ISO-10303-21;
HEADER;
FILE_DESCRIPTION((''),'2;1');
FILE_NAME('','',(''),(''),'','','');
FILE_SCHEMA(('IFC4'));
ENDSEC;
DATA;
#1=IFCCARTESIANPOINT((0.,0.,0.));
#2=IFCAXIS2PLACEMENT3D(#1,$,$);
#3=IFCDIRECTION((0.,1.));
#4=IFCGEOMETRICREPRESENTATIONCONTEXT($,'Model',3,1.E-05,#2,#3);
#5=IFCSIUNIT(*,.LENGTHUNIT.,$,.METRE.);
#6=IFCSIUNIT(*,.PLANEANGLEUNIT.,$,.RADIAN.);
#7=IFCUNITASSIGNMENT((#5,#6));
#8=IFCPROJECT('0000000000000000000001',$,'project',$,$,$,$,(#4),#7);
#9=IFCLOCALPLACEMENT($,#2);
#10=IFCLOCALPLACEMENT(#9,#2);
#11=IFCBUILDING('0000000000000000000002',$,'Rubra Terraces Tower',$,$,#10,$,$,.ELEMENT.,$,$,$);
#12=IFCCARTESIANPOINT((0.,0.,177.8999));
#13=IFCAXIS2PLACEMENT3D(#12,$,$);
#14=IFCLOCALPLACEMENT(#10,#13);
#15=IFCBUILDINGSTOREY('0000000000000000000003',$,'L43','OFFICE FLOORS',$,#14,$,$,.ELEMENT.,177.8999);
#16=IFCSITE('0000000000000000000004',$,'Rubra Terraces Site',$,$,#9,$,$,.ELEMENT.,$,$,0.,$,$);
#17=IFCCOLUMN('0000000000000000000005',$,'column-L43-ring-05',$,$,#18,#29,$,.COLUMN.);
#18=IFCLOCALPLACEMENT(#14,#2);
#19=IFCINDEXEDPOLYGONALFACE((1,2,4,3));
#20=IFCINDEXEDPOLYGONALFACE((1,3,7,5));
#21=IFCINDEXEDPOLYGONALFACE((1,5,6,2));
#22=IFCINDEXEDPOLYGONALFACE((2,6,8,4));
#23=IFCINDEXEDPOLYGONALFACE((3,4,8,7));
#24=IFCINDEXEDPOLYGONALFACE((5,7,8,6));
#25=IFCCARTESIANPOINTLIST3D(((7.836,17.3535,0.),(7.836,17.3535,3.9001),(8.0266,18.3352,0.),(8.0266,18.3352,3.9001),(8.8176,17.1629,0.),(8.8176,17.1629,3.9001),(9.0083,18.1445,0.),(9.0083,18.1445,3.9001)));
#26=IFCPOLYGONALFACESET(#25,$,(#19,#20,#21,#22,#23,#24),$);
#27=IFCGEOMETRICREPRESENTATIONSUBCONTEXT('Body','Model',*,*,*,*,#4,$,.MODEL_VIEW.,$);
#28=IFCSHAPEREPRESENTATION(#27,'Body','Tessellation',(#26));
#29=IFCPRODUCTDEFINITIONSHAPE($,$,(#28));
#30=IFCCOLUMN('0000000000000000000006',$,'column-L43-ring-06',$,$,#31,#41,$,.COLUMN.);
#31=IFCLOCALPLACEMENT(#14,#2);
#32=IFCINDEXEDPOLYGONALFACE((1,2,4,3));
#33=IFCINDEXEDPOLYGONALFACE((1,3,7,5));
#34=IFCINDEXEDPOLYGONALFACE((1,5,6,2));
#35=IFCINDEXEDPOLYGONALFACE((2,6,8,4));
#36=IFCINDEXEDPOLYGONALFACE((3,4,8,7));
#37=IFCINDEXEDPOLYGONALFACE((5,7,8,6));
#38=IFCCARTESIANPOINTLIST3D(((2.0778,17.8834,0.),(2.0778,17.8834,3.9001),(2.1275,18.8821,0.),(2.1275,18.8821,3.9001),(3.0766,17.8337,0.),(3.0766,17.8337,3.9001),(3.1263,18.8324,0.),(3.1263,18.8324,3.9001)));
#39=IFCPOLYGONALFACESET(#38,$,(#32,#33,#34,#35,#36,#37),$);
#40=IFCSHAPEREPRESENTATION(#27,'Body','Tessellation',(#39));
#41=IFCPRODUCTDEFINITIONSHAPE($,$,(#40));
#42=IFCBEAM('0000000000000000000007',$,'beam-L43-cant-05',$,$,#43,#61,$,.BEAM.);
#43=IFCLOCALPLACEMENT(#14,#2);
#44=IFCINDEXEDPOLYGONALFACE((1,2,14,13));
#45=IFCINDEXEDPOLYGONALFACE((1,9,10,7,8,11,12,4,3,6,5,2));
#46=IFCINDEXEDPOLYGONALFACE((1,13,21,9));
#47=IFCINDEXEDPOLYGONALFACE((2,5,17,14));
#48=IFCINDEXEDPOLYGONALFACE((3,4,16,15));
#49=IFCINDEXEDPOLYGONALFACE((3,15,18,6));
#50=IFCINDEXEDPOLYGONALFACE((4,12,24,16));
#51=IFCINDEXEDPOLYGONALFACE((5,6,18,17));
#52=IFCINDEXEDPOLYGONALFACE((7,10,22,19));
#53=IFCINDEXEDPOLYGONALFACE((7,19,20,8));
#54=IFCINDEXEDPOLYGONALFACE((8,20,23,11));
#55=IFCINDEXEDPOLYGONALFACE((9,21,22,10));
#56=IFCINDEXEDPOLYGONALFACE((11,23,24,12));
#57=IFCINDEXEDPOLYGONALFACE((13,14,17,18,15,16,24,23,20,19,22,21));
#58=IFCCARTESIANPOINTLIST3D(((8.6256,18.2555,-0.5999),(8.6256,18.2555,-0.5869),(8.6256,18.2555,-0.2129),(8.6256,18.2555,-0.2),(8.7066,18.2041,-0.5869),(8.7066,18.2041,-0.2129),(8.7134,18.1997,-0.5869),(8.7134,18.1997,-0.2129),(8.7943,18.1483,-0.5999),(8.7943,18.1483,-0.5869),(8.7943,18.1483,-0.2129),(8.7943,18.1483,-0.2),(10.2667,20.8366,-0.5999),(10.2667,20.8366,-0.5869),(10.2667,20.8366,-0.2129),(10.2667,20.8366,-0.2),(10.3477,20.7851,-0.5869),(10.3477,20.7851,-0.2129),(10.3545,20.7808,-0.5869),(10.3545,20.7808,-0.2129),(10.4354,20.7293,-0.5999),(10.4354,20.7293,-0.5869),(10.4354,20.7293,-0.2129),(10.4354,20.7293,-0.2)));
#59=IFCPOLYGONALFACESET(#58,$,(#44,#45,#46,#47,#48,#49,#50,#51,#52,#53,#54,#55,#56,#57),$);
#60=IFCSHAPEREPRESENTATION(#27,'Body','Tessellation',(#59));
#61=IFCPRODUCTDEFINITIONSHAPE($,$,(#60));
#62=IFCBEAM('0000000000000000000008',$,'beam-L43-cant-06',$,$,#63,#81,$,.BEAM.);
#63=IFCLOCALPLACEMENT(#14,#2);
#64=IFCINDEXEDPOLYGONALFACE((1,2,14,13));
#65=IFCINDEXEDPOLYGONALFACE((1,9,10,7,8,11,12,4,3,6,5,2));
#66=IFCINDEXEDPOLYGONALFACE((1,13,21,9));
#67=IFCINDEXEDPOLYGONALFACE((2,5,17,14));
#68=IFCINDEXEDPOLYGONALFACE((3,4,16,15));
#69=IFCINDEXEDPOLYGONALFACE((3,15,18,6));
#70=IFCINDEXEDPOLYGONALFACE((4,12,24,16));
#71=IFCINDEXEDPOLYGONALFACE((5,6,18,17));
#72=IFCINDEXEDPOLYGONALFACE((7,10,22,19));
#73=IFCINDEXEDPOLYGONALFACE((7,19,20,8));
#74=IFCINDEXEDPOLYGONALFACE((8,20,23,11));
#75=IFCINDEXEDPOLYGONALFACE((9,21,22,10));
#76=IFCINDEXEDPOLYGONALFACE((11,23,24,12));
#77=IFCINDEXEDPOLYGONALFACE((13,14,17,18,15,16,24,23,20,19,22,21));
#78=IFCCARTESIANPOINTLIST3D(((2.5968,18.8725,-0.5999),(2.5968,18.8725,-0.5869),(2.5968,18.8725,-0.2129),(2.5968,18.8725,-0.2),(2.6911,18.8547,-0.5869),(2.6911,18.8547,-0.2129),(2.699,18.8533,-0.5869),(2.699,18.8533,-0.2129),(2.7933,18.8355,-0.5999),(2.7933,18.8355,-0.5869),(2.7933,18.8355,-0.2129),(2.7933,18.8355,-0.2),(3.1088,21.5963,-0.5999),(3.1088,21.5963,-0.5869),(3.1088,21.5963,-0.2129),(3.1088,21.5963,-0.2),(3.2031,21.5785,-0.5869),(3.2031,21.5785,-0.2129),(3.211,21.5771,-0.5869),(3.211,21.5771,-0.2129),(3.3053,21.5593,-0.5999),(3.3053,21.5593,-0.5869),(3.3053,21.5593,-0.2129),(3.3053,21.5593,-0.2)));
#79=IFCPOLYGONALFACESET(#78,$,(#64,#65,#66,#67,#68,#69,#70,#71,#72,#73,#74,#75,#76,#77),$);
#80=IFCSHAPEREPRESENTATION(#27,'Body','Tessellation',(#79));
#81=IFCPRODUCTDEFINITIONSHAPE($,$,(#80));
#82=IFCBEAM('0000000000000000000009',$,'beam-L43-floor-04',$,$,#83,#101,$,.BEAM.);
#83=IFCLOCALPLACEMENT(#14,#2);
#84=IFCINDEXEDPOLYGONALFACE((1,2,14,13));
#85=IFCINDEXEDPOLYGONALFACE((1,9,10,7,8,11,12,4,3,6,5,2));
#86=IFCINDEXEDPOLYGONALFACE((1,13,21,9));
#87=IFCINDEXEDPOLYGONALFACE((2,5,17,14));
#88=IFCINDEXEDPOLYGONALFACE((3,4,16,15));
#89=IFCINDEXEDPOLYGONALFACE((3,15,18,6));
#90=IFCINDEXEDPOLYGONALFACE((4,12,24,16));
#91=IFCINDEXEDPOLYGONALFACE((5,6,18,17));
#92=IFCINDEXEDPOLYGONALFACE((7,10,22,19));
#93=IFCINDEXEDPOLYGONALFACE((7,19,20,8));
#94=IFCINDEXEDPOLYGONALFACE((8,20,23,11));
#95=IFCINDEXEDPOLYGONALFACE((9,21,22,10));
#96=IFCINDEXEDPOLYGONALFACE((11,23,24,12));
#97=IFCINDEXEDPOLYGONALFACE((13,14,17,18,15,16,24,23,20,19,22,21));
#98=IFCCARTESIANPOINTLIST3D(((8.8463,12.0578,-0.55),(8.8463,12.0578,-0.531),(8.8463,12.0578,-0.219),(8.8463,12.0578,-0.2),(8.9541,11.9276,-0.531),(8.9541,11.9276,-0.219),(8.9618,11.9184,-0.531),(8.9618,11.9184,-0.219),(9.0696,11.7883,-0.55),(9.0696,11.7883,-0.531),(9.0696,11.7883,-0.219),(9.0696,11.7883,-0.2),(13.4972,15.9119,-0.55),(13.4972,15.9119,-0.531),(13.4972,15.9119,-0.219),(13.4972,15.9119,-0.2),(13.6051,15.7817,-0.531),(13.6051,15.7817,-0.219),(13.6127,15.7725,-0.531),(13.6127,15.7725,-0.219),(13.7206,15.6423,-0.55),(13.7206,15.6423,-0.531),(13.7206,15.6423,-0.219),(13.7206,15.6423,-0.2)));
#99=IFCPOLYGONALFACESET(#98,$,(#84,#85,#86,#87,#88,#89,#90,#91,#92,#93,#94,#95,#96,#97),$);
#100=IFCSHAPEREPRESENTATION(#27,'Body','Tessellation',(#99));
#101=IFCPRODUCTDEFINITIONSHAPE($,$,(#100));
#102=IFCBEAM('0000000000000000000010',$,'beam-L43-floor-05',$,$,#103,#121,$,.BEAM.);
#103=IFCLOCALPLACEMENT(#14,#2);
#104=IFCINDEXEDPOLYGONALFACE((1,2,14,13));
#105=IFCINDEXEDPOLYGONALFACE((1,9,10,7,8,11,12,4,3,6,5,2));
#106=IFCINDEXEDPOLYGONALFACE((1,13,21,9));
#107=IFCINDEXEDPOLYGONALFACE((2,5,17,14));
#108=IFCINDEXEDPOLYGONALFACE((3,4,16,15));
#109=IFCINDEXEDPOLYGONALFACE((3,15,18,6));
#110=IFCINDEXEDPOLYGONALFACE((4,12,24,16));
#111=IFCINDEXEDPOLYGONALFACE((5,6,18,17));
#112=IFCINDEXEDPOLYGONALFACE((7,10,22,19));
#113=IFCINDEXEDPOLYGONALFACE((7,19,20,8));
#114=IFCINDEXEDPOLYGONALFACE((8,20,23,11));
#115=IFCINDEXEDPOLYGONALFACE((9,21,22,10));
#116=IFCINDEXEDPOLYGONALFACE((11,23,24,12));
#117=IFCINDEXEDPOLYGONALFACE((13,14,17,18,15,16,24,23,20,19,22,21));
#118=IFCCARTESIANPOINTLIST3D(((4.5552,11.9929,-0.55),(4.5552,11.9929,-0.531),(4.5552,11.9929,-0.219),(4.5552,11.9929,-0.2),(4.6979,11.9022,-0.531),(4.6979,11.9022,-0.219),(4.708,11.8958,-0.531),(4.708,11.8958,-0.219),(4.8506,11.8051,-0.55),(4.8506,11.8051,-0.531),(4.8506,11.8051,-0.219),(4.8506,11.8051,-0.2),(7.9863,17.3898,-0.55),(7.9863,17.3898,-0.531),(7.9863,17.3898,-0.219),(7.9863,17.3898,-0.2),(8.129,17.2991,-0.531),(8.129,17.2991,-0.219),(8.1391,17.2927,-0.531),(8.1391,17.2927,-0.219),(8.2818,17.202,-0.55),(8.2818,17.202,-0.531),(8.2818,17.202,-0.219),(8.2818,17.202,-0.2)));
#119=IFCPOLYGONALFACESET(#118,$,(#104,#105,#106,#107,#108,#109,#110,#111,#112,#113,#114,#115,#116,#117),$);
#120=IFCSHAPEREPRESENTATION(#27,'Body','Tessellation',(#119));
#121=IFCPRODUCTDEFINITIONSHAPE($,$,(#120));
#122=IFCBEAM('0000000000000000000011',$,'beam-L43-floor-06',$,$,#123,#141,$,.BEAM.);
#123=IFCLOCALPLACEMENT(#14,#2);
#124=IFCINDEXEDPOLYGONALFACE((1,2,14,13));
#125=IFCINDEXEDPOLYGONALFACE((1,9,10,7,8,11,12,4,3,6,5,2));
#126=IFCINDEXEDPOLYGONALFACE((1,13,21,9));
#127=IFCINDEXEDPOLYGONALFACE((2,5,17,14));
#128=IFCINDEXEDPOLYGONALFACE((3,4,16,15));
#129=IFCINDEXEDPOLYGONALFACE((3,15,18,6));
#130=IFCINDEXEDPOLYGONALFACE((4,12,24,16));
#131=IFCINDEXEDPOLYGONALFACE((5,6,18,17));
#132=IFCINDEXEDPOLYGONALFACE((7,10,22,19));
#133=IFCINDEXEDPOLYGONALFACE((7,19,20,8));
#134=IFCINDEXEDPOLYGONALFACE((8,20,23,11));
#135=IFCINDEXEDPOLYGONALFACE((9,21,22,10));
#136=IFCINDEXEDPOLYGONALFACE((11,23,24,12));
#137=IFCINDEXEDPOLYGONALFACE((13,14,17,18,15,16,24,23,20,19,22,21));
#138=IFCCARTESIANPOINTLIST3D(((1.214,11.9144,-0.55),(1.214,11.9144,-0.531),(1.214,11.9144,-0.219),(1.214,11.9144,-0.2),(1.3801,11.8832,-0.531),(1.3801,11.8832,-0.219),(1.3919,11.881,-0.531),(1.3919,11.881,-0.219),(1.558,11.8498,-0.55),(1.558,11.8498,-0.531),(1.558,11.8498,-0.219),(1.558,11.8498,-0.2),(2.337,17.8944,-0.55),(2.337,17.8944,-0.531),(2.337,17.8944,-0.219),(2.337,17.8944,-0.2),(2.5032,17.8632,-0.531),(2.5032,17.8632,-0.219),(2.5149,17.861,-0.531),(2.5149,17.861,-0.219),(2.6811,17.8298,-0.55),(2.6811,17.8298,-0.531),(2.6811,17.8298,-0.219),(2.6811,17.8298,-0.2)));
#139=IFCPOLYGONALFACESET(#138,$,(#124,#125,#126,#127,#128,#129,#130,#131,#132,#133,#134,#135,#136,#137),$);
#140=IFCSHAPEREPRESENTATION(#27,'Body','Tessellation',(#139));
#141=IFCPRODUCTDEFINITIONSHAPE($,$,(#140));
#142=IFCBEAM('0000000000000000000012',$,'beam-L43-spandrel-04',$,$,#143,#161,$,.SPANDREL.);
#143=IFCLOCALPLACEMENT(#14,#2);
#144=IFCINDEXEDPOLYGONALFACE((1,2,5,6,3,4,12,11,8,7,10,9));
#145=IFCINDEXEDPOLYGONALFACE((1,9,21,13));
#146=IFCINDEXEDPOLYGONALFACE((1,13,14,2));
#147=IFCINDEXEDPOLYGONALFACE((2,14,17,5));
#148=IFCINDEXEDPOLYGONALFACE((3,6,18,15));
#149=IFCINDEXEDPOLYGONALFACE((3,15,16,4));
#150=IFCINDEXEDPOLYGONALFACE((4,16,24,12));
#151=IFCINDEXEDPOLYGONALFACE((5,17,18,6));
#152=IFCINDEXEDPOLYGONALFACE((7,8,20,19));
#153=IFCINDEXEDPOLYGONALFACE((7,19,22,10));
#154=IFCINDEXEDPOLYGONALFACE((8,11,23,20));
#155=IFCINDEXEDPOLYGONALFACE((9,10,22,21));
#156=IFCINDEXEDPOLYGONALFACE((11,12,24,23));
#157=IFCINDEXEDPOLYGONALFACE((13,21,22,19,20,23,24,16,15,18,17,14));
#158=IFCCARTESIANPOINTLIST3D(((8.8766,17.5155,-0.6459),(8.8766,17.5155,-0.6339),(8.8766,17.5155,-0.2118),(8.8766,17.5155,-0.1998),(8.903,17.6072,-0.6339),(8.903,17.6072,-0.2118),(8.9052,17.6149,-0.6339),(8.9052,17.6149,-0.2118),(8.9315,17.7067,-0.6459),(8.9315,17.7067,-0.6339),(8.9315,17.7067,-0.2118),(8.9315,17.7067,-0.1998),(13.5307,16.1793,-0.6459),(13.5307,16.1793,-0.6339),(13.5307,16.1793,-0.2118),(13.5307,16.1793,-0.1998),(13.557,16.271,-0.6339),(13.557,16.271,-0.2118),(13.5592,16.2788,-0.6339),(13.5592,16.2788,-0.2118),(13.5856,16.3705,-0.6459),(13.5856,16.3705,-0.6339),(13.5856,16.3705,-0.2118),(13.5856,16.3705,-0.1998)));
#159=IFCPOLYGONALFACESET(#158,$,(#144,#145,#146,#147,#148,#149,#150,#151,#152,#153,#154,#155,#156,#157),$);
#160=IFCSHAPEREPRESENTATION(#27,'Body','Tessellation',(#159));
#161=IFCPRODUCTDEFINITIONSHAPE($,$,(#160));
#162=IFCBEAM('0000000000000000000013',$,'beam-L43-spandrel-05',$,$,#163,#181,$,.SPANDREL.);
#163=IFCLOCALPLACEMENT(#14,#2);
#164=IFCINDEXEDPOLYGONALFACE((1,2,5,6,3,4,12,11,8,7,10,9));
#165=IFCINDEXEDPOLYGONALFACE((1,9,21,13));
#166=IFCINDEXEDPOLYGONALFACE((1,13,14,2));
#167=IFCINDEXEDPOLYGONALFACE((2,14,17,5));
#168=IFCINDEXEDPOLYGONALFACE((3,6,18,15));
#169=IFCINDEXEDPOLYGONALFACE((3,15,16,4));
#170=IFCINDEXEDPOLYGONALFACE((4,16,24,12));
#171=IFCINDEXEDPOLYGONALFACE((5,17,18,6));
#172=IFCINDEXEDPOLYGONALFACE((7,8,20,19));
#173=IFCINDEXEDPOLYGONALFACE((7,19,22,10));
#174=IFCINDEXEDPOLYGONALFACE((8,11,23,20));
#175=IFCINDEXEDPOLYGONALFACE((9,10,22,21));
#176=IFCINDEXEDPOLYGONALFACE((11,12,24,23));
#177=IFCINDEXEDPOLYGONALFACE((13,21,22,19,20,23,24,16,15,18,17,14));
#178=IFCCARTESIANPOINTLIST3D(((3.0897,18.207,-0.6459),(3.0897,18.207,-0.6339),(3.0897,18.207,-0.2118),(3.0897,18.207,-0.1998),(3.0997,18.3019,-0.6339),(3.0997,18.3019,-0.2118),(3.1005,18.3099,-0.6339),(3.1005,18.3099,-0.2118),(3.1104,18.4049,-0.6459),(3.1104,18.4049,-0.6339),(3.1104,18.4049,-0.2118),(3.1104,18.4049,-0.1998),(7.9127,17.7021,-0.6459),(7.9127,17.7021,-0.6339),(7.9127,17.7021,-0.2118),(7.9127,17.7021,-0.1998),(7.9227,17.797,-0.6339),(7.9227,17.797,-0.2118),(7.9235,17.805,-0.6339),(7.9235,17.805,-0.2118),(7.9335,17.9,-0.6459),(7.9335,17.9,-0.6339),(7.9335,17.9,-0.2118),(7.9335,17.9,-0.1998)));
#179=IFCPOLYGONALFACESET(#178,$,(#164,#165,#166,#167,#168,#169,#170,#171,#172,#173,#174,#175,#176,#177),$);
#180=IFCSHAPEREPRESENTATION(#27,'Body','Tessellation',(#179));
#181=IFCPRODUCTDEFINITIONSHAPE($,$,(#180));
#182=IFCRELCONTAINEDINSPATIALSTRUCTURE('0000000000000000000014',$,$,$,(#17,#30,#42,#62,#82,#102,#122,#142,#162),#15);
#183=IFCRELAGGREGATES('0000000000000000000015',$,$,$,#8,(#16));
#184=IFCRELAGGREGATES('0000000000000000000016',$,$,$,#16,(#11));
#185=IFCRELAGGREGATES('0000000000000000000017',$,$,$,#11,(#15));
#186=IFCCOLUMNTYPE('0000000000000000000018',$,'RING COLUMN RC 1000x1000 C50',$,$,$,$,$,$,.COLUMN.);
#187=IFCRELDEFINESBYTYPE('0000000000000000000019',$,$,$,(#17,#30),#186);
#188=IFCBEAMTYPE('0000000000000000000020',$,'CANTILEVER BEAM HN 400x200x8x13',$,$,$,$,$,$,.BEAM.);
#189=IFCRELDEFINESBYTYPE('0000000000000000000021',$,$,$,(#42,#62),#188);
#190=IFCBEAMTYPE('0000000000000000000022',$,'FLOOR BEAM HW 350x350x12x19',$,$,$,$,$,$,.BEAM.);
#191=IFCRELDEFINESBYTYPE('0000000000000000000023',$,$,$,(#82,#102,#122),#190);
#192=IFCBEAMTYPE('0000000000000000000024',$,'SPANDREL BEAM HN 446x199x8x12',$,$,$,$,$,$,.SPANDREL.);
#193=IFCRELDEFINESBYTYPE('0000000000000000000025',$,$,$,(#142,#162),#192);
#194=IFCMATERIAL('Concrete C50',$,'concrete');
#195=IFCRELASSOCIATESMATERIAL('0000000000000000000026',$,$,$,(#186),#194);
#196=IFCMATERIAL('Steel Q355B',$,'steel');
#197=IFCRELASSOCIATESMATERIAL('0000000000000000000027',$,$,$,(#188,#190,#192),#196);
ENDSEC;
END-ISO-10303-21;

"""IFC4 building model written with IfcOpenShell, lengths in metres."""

from ifc_helpers import new_model, si_unit, direction, frame, origin, origin_2d, place, context, subcontext, project, spatial, rectangle, i_section, extrude, material, material_profile, profile_set, type_object, element, save


model = new_model("IFC4")

# Units and contexts
model_context = context("Model", 3, precision=1e-05, world=origin(), true_north=direction((0.0, 1.0)))
body_context = subcontext(model_context, "Body", "Model", "MODEL_VIEW")
ifc_project = project(units=[si_unit("LENGTHUNIT", "METRE"), si_unit("PLANEANGLEUNIT", "RADIAN")], contexts=[model_context])

# Site, building, storey
site_placement = place(None, origin())
site = spatial("IfcSite", under=ifc_project, at=site_placement, Name="Rubra Terraces Site", CompositionType="ELEMENT", RefElevation=0.0)
building_placement = place(site_placement, origin())
building = spatial("IfcBuilding", under=site, at=building_placement, Name="Rubra Terraces Tower", CompositionType="ELEMENT")
storey_placement = place(building_placement, frame((0.0, 0.0, 177.8999)))
storey = spatial("IfcBuildingStorey", under=building, at=storey_placement, Name="L43", Description="OFFICE FLOORS", CompositionType="ELEMENT", Elevation=177.8999)

# Columns
ifc_material_1 = material(Name="Concrete C50", Category="concrete")
ifc_material_profile_1 = material_profile(ifc_material_1, rectangle(XDim=1.0, YDim=1.0, at=origin_2d()), Name="RC 1000x1000")
ifc_profile_set_1 = profile_set([ifc_material_profile_1], Name="Concrete C50")
column_type = type_object("IfcColumnType", Name="RING COLUMN RC 1000x1000 C50", PredefinedType="COLUMN", material=ifc_profile_set_1)
for number, where, z_axis, x_axis, name in (
    (1, (8.4221, 17.749, 0.0), (0.0, 0.0, 1.0), (-0.981655, 0.190668, 0.0), "column-L43-ring-05"),
    (2, (2.6021, 18.3579, 0.0), (0.0, 0.0, 1.0), (-0.998764, 0.049699, 0.0), "column-L43-ring-06"),
):
    element("IfcColumn", number, at=place(storey_placement, frame(where, z_axis=z_axis, x_axis=x_axis)), inside=storey, type_object=column_type, Name=name, PredefinedType="COLUMN", context=body_context, shape_type="SweptSolid", body=[
        extrude(rectangle(XDim=1.0, YDim=1.0, at=origin_2d()), origin(), (0.0, 0.0, 1.0), 3.9001),
    ])

# Beams
ifc_material_2 = material(Name="Steel Q355B", Category="steel")
ifc_material_profile_2 = material_profile(ifc_material_2, i_section(OverallWidth=0.2, OverallDepth=0.3999, WebThickness=0.0081, FlangeThickness=0.0129, at=origin_2d()), Name="HN 400x200x8x13")
ifc_profile_set_2 = profile_set([ifc_material_profile_2], Name="Steel Q355B")
beam_type_1 = type_object("IfcBeamType", Name="CANTILEVER BEAM HN 400x200x8x13", PredefinedType="BEAM", material=ifc_profile_set_2)
beam_1_placement = place(storey_placement, frame((8.71, 18.2019, -0.3999), z_axis=(0.536555, 0.843865, 0.0), x_axis=(-0.843865, 0.536555, 0.0)))
element("IfcBeam", 3, at=beam_1_placement, inside=storey, type_object=beam_type_1, Name="beam-L43-cant-05", PredefinedType="BEAM", context=body_context, shape_type="SweptSolid", body=[
    extrude(i_section(OverallWidth=0.2, OverallDepth=0.3999, WebThickness=0.0081, FlangeThickness=0.0129, at=origin_2d()), origin(), (0.0, 0.0, 1.0), 3.0586),
])
beam_2_placement = place(storey_placement, frame((2.6951, 18.854, -0.3999), z_axis=(0.184719, 0.982791, 0.0), x_axis=(-0.982791, 0.184719, 0.0)))
element("IfcBeam", 4, at=beam_2_placement, inside=storey, type_object=beam_type_1, Name="beam-L43-cant-06", PredefinedType="BEAM", context=body_context, shape_type="SweptSolid", body=[
    extrude(i_section(OverallWidth=0.2, OverallDepth=0.3999, WebThickness=0.0081, FlangeThickness=0.0129, at=origin_2d()), origin(), (0.0, 0.0, 1.0), 2.7715),
])
ifc_material_profile_3 = material_profile(ifc_material_2, i_section(OverallWidth=0.3501, OverallDepth=0.3501, WebThickness=0.012, FlangeThickness=0.019, at=origin_2d()), Name="HW 350x350x12x19")
ifc_profile_set_3 = profile_set([ifc_material_profile_3], Name="Steel Q355B")
beam_type_2 = type_object("IfcBeamType", Name="FLOOR BEAM HW 350x350x12x19", PredefinedType="BEAM", material=ifc_profile_set_3)
beam_3_placement = place(storey_placement, frame((13.6089, 15.7771, -0.375), z_axis=(-0.769988, -0.638059, 0.0), x_axis=(0.638059, -0.769988, 0.0)))
element("IfcBeam", 5, at=beam_3_placement, inside=storey, type_object=beam_type_2, Name="beam-L43-floor-04", PredefinedType="BEAM", context=body_context, shape_type="SweptSolid", body=[
    extrude(i_section(OverallWidth=0.3501, OverallDepth=0.3501, WebThickness=0.012, FlangeThickness=0.019, at=origin_2d()), origin(), (0.0, 0.0, 1.0), 6.0403),
])
beam_4_placement = place(storey_placement, frame((8.134, 17.2959, -0.375), z_axis=(-0.53651, -0.843894, 0.0), x_axis=(0.843894, -0.53651, 0.0)))
element("IfcBeam", 6, at=beam_4_placement, inside=storey, type_object=beam_type_2, Name="beam-L43-floor-05", PredefinedType="BEAM", context=body_context, shape_type="SweptSolid", body=[
    extrude(i_section(OverallWidth=0.3501, OverallDepth=0.3501, WebThickness=0.012, FlangeThickness=0.019, at=origin_2d()), origin(), (0.0, 0.0, 1.0), 6.3953),
])
beam_5_placement = place(storey_placement, frame((2.509, 17.8621, -0.375), z_axis=(-0.184574, -0.982819, 0.0), x_axis=(0.982819, -0.184574, 0.0)))
element("IfcBeam", 7, at=beam_5_placement, inside=storey, type_object=beam_type_2, Name="beam-L43-floor-06", PredefinedType="BEAM", context=body_context, shape_type="SweptSolid", body=[
    extrude(i_section(OverallWidth=0.3501, OverallDepth=0.3501, WebThickness=0.012, FlangeThickness=0.019, at=origin_2d()), origin(), (0.0, 0.0, 1.0), 6.0845),
])
ifc_material_profile_4 = material_profile(ifc_material_2, i_section(OverallWidth=0.199, OverallDepth=0.446, WebThickness=0.0081, FlangeThickness=0.012, at=origin_2d()), Name="HN 446x199x8x12")
ifc_profile_set_4 = profile_set([ifc_material_profile_4], Name="Steel Q355B")
beam_type_3 = type_object("IfcBeamType", Name="SPANDREL BEAM HN 446x199x8x12", PredefinedType="SPANDREL", material=ifc_profile_set_4)
beam_6_placement = place(storey_placement, frame((13.5581, 16.2749, -0.4229), z_axis=(-0.961171, 0.275953, 0.0), x_axis=(-0.275953, -0.961171, 0.0)))
element("IfcBeam", 8, at=beam_6_placement, inside=storey, type_object=beam_type_3, Name="beam-L43-spandrel-04", PredefinedType="SPANDREL", context=body_context, shape_type="SweptSolid", body=[
    extrude(i_section(OverallWidth=0.199, OverallDepth=0.446, WebThickness=0.0081, FlangeThickness=0.012, at=origin_2d()), origin(), (0.0, 0.0, 1.0), 4.842),
])
beam_7_placement = place(storey_placement, frame((7.9231, 17.801, -0.4229), z_axis=(-0.994565, 0.104113, 0.0), x_axis=(-0.104113, -0.994565, 0.0)))
element("IfcBeam", 9, at=beam_7_placement, inside=storey, type_object=beam_type_3, Name="beam-L43-spandrel-05", PredefinedType="SPANDREL", context=body_context, shape_type="SweptSolid", body=[
    extrude(i_section(OverallWidth=0.199, OverallDepth=0.446, WebThickness=0.0081, FlangeThickness=0.012, at=origin_2d()), origin(), (0.0, 0.0, 1.0), 4.8494),
])

save(model, "model.ifc")
